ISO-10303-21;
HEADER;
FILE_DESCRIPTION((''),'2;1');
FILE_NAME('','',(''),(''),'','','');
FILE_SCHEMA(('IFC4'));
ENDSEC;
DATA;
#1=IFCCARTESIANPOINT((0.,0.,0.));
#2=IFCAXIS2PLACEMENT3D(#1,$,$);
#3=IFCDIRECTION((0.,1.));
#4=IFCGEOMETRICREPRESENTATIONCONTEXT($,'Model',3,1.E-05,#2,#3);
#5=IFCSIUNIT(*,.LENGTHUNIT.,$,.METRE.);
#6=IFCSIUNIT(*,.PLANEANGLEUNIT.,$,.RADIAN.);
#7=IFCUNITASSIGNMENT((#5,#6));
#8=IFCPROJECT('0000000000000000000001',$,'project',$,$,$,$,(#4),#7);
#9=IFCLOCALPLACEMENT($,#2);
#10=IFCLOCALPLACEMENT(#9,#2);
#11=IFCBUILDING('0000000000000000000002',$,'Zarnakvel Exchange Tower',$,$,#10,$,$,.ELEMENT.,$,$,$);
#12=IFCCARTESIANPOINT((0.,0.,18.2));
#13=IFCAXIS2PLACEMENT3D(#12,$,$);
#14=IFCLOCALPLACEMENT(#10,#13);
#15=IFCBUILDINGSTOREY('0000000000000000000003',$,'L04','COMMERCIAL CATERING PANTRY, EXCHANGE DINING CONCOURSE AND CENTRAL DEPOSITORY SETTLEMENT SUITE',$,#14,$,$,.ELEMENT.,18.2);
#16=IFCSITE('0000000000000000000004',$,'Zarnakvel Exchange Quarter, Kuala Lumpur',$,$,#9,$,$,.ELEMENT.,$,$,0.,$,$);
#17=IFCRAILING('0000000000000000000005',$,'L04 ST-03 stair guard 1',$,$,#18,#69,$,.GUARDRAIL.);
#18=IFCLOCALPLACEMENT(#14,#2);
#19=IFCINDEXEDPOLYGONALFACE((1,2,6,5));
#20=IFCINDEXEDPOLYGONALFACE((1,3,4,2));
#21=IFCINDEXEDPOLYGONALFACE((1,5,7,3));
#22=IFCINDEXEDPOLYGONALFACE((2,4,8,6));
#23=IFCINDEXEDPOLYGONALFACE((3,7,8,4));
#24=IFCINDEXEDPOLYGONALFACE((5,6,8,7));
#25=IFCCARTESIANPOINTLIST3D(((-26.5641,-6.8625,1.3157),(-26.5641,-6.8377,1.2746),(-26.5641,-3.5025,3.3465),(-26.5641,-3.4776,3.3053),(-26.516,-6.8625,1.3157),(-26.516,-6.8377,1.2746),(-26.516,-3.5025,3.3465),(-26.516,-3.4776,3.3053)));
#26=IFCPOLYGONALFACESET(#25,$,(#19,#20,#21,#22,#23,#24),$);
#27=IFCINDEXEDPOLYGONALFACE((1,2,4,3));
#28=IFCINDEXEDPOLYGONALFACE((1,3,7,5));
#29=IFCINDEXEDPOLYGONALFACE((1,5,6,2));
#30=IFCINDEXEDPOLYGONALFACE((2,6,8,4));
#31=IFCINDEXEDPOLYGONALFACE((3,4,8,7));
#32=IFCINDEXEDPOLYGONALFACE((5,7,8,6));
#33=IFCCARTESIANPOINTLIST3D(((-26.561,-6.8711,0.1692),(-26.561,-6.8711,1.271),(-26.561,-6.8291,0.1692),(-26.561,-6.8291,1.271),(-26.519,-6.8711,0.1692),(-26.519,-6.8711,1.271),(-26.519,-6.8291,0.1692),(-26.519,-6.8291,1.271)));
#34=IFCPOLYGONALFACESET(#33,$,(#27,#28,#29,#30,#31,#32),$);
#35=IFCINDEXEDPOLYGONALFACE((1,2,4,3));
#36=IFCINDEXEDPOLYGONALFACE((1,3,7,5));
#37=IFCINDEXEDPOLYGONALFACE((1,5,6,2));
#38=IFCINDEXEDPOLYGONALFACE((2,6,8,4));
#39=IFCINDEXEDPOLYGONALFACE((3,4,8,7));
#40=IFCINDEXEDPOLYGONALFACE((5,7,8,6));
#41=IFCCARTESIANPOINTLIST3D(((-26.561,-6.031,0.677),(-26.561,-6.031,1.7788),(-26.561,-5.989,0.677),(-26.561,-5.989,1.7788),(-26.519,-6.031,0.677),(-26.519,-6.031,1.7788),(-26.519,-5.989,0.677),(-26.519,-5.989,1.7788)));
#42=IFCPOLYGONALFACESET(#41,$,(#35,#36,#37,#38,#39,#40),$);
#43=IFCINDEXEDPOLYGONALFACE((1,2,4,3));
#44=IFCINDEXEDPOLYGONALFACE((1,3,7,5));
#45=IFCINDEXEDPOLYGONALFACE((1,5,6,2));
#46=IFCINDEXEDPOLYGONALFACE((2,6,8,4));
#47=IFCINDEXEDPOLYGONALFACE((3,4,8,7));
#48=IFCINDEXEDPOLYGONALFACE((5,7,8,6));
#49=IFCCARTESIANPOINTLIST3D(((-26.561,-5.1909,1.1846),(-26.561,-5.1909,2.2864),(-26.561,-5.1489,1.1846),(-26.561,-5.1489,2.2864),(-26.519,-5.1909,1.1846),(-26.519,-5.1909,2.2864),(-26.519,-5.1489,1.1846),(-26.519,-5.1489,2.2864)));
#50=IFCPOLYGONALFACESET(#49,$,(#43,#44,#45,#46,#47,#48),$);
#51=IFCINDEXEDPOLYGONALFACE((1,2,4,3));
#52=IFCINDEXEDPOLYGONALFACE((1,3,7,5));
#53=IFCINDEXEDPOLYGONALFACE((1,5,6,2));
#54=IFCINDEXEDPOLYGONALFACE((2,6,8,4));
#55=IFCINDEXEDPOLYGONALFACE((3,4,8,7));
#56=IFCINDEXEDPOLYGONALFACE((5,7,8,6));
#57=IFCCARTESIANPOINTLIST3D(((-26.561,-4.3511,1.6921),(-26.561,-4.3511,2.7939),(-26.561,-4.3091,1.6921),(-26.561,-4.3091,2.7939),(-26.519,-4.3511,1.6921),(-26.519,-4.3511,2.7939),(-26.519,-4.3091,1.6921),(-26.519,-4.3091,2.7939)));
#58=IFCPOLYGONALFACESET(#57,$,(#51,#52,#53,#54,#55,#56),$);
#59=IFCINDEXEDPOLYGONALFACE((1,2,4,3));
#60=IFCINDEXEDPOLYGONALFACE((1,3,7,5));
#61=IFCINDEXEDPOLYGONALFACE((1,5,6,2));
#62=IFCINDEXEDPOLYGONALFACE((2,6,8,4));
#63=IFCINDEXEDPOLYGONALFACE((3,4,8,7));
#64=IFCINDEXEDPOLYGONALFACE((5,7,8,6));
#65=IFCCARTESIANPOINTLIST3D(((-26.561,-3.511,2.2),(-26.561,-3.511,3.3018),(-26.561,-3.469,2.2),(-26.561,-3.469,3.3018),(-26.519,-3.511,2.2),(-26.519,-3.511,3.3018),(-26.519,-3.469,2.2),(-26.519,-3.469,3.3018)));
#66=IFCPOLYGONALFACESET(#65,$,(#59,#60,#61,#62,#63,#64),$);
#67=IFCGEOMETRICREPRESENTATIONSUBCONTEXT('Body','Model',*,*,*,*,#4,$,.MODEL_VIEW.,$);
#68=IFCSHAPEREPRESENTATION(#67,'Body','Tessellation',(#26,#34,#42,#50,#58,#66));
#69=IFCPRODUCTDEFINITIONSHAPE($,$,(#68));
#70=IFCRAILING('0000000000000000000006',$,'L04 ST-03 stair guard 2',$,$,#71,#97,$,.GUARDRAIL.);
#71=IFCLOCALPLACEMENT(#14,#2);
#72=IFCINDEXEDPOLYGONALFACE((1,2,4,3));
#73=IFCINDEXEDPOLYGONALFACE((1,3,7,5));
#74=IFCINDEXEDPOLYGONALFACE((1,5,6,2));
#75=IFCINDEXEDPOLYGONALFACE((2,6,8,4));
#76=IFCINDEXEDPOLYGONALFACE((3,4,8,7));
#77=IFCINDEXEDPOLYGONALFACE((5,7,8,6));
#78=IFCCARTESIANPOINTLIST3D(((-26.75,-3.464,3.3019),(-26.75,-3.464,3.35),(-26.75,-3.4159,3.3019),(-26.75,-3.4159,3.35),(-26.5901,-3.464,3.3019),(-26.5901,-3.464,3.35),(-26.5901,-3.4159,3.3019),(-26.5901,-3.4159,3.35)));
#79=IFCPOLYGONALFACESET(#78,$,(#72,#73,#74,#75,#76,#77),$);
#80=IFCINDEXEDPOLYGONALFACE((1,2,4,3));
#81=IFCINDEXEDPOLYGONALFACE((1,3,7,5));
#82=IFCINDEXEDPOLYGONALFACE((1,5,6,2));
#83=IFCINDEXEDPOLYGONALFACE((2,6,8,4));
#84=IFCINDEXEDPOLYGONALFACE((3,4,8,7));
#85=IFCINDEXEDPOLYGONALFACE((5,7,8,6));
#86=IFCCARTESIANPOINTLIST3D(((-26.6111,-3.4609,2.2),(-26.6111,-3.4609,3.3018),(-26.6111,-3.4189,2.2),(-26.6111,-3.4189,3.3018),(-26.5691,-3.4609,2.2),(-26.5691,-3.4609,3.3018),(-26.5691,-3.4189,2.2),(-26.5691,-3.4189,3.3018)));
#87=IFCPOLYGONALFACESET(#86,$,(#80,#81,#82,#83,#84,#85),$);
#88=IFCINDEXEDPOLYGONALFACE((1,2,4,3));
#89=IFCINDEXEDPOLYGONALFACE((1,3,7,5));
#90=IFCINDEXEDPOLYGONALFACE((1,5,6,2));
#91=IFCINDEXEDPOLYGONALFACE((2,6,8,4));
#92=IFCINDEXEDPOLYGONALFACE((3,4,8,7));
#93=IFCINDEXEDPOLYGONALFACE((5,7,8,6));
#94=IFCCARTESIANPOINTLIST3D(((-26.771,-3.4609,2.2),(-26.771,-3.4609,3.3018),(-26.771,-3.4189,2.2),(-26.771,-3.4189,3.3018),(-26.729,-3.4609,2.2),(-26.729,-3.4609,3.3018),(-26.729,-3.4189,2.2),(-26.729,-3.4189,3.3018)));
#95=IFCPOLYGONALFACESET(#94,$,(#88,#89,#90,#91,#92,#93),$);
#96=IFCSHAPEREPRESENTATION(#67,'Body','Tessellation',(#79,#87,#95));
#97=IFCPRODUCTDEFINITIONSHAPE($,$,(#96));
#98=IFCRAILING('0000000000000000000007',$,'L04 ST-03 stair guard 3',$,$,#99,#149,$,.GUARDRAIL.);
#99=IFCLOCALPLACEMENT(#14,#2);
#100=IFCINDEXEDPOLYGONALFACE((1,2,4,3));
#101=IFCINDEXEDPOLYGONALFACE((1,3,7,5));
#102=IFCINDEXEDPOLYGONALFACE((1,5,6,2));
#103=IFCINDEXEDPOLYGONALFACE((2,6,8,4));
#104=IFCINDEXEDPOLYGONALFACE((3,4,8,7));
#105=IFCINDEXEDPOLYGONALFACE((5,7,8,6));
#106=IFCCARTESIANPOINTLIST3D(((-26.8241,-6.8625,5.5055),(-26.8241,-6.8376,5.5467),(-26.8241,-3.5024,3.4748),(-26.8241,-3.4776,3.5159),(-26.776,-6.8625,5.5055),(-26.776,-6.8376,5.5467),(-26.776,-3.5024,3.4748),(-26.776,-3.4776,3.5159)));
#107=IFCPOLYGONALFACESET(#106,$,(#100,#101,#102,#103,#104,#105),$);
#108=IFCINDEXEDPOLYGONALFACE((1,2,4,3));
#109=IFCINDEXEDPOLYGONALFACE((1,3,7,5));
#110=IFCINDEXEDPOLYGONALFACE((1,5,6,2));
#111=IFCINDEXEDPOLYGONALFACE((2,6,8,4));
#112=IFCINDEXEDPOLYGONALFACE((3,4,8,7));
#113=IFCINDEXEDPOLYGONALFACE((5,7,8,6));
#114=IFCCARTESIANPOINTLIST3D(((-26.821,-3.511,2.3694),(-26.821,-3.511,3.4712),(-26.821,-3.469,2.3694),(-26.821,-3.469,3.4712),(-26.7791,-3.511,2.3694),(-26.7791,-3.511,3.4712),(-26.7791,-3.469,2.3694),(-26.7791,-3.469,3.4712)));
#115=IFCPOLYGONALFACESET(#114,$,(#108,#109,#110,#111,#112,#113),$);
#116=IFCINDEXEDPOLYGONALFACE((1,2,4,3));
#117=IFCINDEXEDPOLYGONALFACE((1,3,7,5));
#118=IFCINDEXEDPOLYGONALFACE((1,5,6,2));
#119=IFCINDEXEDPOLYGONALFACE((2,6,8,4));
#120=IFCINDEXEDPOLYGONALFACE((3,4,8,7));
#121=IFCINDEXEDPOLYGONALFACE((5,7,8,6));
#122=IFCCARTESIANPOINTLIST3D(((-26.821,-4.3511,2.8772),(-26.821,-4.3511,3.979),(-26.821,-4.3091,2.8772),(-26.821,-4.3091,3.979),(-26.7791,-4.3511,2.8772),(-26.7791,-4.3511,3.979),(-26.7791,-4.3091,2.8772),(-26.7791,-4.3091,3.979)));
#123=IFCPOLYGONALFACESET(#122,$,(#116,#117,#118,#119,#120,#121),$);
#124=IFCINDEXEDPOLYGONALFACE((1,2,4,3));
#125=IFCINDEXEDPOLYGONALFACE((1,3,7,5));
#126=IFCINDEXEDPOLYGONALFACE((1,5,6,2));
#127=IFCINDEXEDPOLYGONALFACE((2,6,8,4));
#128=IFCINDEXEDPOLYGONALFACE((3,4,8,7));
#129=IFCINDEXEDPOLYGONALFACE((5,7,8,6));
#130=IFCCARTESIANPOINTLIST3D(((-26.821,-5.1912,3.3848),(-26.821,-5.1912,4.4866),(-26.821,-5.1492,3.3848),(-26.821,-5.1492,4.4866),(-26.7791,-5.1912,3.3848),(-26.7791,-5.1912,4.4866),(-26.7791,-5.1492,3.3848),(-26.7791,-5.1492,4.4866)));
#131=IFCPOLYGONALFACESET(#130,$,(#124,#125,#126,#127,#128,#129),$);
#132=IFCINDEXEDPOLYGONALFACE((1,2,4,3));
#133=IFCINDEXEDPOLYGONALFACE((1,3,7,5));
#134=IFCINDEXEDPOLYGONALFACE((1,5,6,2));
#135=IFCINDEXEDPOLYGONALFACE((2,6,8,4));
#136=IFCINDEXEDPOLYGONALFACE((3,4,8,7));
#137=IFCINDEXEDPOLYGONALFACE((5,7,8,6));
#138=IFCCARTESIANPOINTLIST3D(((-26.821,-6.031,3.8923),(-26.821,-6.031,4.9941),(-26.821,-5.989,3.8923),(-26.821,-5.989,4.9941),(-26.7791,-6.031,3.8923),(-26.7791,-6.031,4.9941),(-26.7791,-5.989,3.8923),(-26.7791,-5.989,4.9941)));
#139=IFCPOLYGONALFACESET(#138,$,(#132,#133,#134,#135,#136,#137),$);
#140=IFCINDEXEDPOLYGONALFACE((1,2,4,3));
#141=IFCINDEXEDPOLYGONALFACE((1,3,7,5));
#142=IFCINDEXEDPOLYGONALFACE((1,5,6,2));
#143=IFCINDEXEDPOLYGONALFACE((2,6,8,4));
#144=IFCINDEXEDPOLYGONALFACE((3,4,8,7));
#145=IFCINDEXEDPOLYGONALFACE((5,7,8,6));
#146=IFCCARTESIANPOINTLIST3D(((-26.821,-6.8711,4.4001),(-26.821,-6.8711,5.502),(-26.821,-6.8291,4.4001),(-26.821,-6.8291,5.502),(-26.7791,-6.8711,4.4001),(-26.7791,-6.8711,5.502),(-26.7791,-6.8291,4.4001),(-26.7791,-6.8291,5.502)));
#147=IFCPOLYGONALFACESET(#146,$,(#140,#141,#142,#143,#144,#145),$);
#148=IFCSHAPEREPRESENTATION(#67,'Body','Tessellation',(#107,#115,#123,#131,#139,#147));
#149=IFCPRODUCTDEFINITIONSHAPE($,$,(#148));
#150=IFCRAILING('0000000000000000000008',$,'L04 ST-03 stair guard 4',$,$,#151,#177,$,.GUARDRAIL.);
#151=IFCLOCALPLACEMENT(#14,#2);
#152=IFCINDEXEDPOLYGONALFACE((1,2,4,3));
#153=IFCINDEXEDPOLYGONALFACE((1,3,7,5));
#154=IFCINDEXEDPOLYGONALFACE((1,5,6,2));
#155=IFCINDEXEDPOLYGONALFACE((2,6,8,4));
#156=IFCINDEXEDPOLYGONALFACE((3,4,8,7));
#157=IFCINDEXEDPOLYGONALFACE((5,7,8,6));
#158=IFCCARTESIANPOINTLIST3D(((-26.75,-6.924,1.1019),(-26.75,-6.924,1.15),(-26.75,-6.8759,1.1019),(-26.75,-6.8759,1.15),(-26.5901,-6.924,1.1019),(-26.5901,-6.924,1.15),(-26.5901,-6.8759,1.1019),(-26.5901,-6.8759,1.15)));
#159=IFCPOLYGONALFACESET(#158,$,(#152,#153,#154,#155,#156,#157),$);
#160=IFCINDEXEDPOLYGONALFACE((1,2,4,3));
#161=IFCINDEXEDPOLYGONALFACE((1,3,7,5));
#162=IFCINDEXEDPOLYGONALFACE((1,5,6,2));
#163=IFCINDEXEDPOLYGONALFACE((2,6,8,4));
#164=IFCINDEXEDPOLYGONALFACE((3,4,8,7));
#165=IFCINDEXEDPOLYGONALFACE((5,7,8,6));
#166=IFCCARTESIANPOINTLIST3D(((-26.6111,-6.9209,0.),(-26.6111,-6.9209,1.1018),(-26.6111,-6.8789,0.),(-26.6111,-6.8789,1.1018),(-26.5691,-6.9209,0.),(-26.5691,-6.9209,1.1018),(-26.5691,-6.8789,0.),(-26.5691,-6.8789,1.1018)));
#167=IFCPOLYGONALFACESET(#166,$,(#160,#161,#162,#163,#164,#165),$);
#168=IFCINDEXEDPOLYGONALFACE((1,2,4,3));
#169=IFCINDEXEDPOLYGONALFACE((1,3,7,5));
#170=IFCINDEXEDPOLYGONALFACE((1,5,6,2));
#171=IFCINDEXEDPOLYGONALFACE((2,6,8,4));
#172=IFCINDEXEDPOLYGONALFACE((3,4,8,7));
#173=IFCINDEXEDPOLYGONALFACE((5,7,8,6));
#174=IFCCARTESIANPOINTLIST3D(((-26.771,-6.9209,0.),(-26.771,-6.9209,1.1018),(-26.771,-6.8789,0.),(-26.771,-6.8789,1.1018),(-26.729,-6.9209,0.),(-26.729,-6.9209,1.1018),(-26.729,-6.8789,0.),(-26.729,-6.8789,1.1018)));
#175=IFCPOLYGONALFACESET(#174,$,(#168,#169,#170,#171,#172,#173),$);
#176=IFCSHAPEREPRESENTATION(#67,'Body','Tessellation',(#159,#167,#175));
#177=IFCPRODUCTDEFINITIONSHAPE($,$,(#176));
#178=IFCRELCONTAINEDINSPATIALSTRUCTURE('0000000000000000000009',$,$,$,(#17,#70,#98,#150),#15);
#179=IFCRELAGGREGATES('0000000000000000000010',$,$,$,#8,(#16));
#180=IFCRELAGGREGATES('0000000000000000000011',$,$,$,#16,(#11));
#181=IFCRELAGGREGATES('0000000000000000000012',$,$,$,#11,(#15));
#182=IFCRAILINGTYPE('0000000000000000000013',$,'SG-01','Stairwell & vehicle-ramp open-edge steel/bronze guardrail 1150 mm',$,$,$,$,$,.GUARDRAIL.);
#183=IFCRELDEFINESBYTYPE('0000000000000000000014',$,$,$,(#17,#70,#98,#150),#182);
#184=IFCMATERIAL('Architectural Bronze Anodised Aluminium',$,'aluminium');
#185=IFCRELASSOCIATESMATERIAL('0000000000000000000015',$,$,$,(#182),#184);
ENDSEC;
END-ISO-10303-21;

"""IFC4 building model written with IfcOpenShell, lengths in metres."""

from ifc_helpers import new_model, si_unit, direction, frame, origin, origin_2d, place, context, subcontext, project, spatial, rectangle, extrude, material, type_object, element, save


model = new_model("IFC4")

# Units and contexts
model_context = context("Model", 3, precision=1e-05, world=origin(), true_north=direction((0.0, 1.0)))
body_context = subcontext(model_context, "Body", "Model", "MODEL_VIEW")
ifc_project = project(units=[si_unit("LENGTHUNIT", "METRE"), si_unit("PLANEANGLEUNIT", "RADIAN")], contexts=[model_context])

# Site, building, storey
site_placement = place(None, origin())
site = spatial("IfcSite", under=ifc_project, at=site_placement, Name="Zarnakvel Exchange Quarter, Kuala Lumpur", CompositionType="ELEMENT", RefElevation=0.0)
building_placement = place(site_placement, origin())
building = spatial("IfcBuilding", under=site, at=building_placement, Name="Zarnakvel Exchange Tower", CompositionType="ELEMENT")
storey_placement = place(building_placement, frame((0.0, 0.0, 18.2)))
storey = spatial("IfcBuildingStorey", under=building, at=storey_placement, Name="L04", Description="COMMERCIAL CATERING PANTRY, EXCHANGE DINING CONCOURSE AND CENTRAL DEPOSITORY SETTLEMENT SUITE", CompositionType="ELEMENT", Elevation=18.2)

# Railings
ifc_material_1 = material(Name="Architectural Bronze Anodised Aluminium", Category="aluminium")
railing_type_1 = type_object("IfcRailingType", Name="SG-01", Description="Stairwell & vehicle-ramp open-edge steel/bronze guardrail 1150 mm", PredefinedType="GUARDRAIL", material=ifc_material_1)
railing_1_placement = place(storey_placement, frame((-26.54, -6.8501, 0.1692)))
element("IfcRailing", 1, at=railing_1_placement, inside=storey, type_object=railing_type_1, Name="L04 ST-03 stair guard 1", PredefinedType="GUARDRAIL", context=body_context, shape_type="SweptSolid", body=[
    extrude(rectangle(XDim=0.0481, YDim=0.0481, at=origin_2d()), frame((0.0, 0.0, 1.126), z_axis=(0.0, 0.855837, 0.517246), x_axis=(-1.0, 0.0, 0.0)), (0.0, 0.0, 1.0), 3.926),
    extrude(rectangle(XDim=0.042, YDim=0.042, at=origin_2d()), origin(), (0.0, 0.0, 1.0), 1.1018),
    extrude(rectangle(XDim=0.042, YDim=0.042, at=origin_2d()), frame((0.0, 0.8401, 0.5078)), (0.0, 0.0, 1.0), 1.1018),
    extrude(rectangle(XDim=0.042, YDim=0.042, at=origin_2d()), frame((0.0, 1.6802, 1.0154)), (0.0, 0.0, 1.0), 1.1018),
    extrude(rectangle(XDim=0.042, YDim=0.042, at=origin_2d()), frame((0.0, 2.52, 1.5229)), (0.0, 0.0, 1.0), 1.1018),
    extrude(rectangle(XDim=0.042, YDim=0.042, at=origin_2d()), frame((0.0, 3.3601, 2.0308)), (0.0, 0.0, 1.0), 1.1018),
])
railing_2_placement = place(storey_placement, frame((-26.5901, -3.4399, 2.2)))
element("IfcRailing", 2, at=railing_2_placement, inside=storey, type_object=railing_type_1, Name="L04 ST-03 stair guard 2", PredefinedType="GUARDRAIL", context=body_context, shape_type="SweptSolid", body=[
    extrude(rectangle(XDim=0.0481, YDim=0.0481, at=origin_2d()), frame((0.0, 0.0, 1.126), z_axis=(-1.0, 0.0, 0.0), x_axis=(0.0, -1.0, 0.0)), (0.0, 0.0, 1.0), 0.1599),
    extrude(rectangle(XDim=0.042, YDim=0.042, at=origin_2d()), origin(), (0.0, 0.0, 1.0), 1.1018),
    extrude(rectangle(XDim=0.042, YDim=0.042, at=origin_2d()), frame((-0.1599, 0.0, 0.0)), (0.0, 0.0, 1.0), 1.1018),
])
railing_3_placement = place(storey_placement, frame((-26.8, -3.49, 2.3694)))
element("IfcRailing", 3, at=railing_3_placement, inside=storey, type_object=railing_type_1, Name="L04 ST-03 stair guard 3", PredefinedType="GUARDRAIL", context=body_context, shape_type="SweptSolid", body=[
    extrude(rectangle(XDim=0.0481, YDim=0.0481, at=origin_2d()), frame((0.0, 0.0, 1.126), z_axis=(0.0, -0.855837, 0.517246), x_axis=(1.0, 0.0, 0.0)), (0.0, 0.0, 1.0), 3.926),
    extrude(rectangle(XDim=0.042, YDim=0.042, at=origin_2d()), origin(), (0.0, 0.0, 1.0), 1.1018),
    extrude(rectangle(XDim=0.042, YDim=0.042, at=origin_2d()), frame((0.0, -0.8401, 0.5078)), (0.0, 0.0, 1.0), 1.1018),
    extrude(rectangle(XDim=0.042, YDim=0.042, at=origin_2d()), frame((0.0, -1.6802, 1.0154)), (0.0, 0.0, 1.0), 1.1018),
    extrude(rectangle(XDim=0.042, YDim=0.042, at=origin_2d()), frame((0.0, -2.52, 1.5229)), (0.0, 0.0, 1.0), 1.1018),
    extrude(rectangle(XDim=0.042, YDim=0.042, at=origin_2d()), frame((0.0, -3.3601, 2.0308)), (0.0, 0.0, 1.0), 1.1018),
])
railing_4_placement = place(storey_placement, frame((-26.5901, -6.8999, 0.0)))
element("IfcRailing", 4, at=railing_4_placement, inside=storey, type_object=railing_type_1, Name="L04 ST-03 stair guard 4", PredefinedType="GUARDRAIL", context=body_context, shape_type="SweptSolid", body=[
    extrude(rectangle(XDim=0.0481, YDim=0.0481, at=origin_2d()), frame((0.0, 0.0, 1.126), z_axis=(-1.0, 0.0, 0.0), x_axis=(0.0, -1.0, 0.0)), (0.0, 0.0, 1.0), 0.1599),
    extrude(rectangle(XDim=0.042, YDim=0.042, at=origin_2d()), origin(), (0.0, 0.0, 1.0), 1.1018),
    extrude(rectangle(XDim=0.042, YDim=0.042, at=origin_2d()), frame((-0.1599, 0.0, 0.0)), (0.0, 0.0, 1.0), 1.1018),
])

save(model, "model.ifc")
